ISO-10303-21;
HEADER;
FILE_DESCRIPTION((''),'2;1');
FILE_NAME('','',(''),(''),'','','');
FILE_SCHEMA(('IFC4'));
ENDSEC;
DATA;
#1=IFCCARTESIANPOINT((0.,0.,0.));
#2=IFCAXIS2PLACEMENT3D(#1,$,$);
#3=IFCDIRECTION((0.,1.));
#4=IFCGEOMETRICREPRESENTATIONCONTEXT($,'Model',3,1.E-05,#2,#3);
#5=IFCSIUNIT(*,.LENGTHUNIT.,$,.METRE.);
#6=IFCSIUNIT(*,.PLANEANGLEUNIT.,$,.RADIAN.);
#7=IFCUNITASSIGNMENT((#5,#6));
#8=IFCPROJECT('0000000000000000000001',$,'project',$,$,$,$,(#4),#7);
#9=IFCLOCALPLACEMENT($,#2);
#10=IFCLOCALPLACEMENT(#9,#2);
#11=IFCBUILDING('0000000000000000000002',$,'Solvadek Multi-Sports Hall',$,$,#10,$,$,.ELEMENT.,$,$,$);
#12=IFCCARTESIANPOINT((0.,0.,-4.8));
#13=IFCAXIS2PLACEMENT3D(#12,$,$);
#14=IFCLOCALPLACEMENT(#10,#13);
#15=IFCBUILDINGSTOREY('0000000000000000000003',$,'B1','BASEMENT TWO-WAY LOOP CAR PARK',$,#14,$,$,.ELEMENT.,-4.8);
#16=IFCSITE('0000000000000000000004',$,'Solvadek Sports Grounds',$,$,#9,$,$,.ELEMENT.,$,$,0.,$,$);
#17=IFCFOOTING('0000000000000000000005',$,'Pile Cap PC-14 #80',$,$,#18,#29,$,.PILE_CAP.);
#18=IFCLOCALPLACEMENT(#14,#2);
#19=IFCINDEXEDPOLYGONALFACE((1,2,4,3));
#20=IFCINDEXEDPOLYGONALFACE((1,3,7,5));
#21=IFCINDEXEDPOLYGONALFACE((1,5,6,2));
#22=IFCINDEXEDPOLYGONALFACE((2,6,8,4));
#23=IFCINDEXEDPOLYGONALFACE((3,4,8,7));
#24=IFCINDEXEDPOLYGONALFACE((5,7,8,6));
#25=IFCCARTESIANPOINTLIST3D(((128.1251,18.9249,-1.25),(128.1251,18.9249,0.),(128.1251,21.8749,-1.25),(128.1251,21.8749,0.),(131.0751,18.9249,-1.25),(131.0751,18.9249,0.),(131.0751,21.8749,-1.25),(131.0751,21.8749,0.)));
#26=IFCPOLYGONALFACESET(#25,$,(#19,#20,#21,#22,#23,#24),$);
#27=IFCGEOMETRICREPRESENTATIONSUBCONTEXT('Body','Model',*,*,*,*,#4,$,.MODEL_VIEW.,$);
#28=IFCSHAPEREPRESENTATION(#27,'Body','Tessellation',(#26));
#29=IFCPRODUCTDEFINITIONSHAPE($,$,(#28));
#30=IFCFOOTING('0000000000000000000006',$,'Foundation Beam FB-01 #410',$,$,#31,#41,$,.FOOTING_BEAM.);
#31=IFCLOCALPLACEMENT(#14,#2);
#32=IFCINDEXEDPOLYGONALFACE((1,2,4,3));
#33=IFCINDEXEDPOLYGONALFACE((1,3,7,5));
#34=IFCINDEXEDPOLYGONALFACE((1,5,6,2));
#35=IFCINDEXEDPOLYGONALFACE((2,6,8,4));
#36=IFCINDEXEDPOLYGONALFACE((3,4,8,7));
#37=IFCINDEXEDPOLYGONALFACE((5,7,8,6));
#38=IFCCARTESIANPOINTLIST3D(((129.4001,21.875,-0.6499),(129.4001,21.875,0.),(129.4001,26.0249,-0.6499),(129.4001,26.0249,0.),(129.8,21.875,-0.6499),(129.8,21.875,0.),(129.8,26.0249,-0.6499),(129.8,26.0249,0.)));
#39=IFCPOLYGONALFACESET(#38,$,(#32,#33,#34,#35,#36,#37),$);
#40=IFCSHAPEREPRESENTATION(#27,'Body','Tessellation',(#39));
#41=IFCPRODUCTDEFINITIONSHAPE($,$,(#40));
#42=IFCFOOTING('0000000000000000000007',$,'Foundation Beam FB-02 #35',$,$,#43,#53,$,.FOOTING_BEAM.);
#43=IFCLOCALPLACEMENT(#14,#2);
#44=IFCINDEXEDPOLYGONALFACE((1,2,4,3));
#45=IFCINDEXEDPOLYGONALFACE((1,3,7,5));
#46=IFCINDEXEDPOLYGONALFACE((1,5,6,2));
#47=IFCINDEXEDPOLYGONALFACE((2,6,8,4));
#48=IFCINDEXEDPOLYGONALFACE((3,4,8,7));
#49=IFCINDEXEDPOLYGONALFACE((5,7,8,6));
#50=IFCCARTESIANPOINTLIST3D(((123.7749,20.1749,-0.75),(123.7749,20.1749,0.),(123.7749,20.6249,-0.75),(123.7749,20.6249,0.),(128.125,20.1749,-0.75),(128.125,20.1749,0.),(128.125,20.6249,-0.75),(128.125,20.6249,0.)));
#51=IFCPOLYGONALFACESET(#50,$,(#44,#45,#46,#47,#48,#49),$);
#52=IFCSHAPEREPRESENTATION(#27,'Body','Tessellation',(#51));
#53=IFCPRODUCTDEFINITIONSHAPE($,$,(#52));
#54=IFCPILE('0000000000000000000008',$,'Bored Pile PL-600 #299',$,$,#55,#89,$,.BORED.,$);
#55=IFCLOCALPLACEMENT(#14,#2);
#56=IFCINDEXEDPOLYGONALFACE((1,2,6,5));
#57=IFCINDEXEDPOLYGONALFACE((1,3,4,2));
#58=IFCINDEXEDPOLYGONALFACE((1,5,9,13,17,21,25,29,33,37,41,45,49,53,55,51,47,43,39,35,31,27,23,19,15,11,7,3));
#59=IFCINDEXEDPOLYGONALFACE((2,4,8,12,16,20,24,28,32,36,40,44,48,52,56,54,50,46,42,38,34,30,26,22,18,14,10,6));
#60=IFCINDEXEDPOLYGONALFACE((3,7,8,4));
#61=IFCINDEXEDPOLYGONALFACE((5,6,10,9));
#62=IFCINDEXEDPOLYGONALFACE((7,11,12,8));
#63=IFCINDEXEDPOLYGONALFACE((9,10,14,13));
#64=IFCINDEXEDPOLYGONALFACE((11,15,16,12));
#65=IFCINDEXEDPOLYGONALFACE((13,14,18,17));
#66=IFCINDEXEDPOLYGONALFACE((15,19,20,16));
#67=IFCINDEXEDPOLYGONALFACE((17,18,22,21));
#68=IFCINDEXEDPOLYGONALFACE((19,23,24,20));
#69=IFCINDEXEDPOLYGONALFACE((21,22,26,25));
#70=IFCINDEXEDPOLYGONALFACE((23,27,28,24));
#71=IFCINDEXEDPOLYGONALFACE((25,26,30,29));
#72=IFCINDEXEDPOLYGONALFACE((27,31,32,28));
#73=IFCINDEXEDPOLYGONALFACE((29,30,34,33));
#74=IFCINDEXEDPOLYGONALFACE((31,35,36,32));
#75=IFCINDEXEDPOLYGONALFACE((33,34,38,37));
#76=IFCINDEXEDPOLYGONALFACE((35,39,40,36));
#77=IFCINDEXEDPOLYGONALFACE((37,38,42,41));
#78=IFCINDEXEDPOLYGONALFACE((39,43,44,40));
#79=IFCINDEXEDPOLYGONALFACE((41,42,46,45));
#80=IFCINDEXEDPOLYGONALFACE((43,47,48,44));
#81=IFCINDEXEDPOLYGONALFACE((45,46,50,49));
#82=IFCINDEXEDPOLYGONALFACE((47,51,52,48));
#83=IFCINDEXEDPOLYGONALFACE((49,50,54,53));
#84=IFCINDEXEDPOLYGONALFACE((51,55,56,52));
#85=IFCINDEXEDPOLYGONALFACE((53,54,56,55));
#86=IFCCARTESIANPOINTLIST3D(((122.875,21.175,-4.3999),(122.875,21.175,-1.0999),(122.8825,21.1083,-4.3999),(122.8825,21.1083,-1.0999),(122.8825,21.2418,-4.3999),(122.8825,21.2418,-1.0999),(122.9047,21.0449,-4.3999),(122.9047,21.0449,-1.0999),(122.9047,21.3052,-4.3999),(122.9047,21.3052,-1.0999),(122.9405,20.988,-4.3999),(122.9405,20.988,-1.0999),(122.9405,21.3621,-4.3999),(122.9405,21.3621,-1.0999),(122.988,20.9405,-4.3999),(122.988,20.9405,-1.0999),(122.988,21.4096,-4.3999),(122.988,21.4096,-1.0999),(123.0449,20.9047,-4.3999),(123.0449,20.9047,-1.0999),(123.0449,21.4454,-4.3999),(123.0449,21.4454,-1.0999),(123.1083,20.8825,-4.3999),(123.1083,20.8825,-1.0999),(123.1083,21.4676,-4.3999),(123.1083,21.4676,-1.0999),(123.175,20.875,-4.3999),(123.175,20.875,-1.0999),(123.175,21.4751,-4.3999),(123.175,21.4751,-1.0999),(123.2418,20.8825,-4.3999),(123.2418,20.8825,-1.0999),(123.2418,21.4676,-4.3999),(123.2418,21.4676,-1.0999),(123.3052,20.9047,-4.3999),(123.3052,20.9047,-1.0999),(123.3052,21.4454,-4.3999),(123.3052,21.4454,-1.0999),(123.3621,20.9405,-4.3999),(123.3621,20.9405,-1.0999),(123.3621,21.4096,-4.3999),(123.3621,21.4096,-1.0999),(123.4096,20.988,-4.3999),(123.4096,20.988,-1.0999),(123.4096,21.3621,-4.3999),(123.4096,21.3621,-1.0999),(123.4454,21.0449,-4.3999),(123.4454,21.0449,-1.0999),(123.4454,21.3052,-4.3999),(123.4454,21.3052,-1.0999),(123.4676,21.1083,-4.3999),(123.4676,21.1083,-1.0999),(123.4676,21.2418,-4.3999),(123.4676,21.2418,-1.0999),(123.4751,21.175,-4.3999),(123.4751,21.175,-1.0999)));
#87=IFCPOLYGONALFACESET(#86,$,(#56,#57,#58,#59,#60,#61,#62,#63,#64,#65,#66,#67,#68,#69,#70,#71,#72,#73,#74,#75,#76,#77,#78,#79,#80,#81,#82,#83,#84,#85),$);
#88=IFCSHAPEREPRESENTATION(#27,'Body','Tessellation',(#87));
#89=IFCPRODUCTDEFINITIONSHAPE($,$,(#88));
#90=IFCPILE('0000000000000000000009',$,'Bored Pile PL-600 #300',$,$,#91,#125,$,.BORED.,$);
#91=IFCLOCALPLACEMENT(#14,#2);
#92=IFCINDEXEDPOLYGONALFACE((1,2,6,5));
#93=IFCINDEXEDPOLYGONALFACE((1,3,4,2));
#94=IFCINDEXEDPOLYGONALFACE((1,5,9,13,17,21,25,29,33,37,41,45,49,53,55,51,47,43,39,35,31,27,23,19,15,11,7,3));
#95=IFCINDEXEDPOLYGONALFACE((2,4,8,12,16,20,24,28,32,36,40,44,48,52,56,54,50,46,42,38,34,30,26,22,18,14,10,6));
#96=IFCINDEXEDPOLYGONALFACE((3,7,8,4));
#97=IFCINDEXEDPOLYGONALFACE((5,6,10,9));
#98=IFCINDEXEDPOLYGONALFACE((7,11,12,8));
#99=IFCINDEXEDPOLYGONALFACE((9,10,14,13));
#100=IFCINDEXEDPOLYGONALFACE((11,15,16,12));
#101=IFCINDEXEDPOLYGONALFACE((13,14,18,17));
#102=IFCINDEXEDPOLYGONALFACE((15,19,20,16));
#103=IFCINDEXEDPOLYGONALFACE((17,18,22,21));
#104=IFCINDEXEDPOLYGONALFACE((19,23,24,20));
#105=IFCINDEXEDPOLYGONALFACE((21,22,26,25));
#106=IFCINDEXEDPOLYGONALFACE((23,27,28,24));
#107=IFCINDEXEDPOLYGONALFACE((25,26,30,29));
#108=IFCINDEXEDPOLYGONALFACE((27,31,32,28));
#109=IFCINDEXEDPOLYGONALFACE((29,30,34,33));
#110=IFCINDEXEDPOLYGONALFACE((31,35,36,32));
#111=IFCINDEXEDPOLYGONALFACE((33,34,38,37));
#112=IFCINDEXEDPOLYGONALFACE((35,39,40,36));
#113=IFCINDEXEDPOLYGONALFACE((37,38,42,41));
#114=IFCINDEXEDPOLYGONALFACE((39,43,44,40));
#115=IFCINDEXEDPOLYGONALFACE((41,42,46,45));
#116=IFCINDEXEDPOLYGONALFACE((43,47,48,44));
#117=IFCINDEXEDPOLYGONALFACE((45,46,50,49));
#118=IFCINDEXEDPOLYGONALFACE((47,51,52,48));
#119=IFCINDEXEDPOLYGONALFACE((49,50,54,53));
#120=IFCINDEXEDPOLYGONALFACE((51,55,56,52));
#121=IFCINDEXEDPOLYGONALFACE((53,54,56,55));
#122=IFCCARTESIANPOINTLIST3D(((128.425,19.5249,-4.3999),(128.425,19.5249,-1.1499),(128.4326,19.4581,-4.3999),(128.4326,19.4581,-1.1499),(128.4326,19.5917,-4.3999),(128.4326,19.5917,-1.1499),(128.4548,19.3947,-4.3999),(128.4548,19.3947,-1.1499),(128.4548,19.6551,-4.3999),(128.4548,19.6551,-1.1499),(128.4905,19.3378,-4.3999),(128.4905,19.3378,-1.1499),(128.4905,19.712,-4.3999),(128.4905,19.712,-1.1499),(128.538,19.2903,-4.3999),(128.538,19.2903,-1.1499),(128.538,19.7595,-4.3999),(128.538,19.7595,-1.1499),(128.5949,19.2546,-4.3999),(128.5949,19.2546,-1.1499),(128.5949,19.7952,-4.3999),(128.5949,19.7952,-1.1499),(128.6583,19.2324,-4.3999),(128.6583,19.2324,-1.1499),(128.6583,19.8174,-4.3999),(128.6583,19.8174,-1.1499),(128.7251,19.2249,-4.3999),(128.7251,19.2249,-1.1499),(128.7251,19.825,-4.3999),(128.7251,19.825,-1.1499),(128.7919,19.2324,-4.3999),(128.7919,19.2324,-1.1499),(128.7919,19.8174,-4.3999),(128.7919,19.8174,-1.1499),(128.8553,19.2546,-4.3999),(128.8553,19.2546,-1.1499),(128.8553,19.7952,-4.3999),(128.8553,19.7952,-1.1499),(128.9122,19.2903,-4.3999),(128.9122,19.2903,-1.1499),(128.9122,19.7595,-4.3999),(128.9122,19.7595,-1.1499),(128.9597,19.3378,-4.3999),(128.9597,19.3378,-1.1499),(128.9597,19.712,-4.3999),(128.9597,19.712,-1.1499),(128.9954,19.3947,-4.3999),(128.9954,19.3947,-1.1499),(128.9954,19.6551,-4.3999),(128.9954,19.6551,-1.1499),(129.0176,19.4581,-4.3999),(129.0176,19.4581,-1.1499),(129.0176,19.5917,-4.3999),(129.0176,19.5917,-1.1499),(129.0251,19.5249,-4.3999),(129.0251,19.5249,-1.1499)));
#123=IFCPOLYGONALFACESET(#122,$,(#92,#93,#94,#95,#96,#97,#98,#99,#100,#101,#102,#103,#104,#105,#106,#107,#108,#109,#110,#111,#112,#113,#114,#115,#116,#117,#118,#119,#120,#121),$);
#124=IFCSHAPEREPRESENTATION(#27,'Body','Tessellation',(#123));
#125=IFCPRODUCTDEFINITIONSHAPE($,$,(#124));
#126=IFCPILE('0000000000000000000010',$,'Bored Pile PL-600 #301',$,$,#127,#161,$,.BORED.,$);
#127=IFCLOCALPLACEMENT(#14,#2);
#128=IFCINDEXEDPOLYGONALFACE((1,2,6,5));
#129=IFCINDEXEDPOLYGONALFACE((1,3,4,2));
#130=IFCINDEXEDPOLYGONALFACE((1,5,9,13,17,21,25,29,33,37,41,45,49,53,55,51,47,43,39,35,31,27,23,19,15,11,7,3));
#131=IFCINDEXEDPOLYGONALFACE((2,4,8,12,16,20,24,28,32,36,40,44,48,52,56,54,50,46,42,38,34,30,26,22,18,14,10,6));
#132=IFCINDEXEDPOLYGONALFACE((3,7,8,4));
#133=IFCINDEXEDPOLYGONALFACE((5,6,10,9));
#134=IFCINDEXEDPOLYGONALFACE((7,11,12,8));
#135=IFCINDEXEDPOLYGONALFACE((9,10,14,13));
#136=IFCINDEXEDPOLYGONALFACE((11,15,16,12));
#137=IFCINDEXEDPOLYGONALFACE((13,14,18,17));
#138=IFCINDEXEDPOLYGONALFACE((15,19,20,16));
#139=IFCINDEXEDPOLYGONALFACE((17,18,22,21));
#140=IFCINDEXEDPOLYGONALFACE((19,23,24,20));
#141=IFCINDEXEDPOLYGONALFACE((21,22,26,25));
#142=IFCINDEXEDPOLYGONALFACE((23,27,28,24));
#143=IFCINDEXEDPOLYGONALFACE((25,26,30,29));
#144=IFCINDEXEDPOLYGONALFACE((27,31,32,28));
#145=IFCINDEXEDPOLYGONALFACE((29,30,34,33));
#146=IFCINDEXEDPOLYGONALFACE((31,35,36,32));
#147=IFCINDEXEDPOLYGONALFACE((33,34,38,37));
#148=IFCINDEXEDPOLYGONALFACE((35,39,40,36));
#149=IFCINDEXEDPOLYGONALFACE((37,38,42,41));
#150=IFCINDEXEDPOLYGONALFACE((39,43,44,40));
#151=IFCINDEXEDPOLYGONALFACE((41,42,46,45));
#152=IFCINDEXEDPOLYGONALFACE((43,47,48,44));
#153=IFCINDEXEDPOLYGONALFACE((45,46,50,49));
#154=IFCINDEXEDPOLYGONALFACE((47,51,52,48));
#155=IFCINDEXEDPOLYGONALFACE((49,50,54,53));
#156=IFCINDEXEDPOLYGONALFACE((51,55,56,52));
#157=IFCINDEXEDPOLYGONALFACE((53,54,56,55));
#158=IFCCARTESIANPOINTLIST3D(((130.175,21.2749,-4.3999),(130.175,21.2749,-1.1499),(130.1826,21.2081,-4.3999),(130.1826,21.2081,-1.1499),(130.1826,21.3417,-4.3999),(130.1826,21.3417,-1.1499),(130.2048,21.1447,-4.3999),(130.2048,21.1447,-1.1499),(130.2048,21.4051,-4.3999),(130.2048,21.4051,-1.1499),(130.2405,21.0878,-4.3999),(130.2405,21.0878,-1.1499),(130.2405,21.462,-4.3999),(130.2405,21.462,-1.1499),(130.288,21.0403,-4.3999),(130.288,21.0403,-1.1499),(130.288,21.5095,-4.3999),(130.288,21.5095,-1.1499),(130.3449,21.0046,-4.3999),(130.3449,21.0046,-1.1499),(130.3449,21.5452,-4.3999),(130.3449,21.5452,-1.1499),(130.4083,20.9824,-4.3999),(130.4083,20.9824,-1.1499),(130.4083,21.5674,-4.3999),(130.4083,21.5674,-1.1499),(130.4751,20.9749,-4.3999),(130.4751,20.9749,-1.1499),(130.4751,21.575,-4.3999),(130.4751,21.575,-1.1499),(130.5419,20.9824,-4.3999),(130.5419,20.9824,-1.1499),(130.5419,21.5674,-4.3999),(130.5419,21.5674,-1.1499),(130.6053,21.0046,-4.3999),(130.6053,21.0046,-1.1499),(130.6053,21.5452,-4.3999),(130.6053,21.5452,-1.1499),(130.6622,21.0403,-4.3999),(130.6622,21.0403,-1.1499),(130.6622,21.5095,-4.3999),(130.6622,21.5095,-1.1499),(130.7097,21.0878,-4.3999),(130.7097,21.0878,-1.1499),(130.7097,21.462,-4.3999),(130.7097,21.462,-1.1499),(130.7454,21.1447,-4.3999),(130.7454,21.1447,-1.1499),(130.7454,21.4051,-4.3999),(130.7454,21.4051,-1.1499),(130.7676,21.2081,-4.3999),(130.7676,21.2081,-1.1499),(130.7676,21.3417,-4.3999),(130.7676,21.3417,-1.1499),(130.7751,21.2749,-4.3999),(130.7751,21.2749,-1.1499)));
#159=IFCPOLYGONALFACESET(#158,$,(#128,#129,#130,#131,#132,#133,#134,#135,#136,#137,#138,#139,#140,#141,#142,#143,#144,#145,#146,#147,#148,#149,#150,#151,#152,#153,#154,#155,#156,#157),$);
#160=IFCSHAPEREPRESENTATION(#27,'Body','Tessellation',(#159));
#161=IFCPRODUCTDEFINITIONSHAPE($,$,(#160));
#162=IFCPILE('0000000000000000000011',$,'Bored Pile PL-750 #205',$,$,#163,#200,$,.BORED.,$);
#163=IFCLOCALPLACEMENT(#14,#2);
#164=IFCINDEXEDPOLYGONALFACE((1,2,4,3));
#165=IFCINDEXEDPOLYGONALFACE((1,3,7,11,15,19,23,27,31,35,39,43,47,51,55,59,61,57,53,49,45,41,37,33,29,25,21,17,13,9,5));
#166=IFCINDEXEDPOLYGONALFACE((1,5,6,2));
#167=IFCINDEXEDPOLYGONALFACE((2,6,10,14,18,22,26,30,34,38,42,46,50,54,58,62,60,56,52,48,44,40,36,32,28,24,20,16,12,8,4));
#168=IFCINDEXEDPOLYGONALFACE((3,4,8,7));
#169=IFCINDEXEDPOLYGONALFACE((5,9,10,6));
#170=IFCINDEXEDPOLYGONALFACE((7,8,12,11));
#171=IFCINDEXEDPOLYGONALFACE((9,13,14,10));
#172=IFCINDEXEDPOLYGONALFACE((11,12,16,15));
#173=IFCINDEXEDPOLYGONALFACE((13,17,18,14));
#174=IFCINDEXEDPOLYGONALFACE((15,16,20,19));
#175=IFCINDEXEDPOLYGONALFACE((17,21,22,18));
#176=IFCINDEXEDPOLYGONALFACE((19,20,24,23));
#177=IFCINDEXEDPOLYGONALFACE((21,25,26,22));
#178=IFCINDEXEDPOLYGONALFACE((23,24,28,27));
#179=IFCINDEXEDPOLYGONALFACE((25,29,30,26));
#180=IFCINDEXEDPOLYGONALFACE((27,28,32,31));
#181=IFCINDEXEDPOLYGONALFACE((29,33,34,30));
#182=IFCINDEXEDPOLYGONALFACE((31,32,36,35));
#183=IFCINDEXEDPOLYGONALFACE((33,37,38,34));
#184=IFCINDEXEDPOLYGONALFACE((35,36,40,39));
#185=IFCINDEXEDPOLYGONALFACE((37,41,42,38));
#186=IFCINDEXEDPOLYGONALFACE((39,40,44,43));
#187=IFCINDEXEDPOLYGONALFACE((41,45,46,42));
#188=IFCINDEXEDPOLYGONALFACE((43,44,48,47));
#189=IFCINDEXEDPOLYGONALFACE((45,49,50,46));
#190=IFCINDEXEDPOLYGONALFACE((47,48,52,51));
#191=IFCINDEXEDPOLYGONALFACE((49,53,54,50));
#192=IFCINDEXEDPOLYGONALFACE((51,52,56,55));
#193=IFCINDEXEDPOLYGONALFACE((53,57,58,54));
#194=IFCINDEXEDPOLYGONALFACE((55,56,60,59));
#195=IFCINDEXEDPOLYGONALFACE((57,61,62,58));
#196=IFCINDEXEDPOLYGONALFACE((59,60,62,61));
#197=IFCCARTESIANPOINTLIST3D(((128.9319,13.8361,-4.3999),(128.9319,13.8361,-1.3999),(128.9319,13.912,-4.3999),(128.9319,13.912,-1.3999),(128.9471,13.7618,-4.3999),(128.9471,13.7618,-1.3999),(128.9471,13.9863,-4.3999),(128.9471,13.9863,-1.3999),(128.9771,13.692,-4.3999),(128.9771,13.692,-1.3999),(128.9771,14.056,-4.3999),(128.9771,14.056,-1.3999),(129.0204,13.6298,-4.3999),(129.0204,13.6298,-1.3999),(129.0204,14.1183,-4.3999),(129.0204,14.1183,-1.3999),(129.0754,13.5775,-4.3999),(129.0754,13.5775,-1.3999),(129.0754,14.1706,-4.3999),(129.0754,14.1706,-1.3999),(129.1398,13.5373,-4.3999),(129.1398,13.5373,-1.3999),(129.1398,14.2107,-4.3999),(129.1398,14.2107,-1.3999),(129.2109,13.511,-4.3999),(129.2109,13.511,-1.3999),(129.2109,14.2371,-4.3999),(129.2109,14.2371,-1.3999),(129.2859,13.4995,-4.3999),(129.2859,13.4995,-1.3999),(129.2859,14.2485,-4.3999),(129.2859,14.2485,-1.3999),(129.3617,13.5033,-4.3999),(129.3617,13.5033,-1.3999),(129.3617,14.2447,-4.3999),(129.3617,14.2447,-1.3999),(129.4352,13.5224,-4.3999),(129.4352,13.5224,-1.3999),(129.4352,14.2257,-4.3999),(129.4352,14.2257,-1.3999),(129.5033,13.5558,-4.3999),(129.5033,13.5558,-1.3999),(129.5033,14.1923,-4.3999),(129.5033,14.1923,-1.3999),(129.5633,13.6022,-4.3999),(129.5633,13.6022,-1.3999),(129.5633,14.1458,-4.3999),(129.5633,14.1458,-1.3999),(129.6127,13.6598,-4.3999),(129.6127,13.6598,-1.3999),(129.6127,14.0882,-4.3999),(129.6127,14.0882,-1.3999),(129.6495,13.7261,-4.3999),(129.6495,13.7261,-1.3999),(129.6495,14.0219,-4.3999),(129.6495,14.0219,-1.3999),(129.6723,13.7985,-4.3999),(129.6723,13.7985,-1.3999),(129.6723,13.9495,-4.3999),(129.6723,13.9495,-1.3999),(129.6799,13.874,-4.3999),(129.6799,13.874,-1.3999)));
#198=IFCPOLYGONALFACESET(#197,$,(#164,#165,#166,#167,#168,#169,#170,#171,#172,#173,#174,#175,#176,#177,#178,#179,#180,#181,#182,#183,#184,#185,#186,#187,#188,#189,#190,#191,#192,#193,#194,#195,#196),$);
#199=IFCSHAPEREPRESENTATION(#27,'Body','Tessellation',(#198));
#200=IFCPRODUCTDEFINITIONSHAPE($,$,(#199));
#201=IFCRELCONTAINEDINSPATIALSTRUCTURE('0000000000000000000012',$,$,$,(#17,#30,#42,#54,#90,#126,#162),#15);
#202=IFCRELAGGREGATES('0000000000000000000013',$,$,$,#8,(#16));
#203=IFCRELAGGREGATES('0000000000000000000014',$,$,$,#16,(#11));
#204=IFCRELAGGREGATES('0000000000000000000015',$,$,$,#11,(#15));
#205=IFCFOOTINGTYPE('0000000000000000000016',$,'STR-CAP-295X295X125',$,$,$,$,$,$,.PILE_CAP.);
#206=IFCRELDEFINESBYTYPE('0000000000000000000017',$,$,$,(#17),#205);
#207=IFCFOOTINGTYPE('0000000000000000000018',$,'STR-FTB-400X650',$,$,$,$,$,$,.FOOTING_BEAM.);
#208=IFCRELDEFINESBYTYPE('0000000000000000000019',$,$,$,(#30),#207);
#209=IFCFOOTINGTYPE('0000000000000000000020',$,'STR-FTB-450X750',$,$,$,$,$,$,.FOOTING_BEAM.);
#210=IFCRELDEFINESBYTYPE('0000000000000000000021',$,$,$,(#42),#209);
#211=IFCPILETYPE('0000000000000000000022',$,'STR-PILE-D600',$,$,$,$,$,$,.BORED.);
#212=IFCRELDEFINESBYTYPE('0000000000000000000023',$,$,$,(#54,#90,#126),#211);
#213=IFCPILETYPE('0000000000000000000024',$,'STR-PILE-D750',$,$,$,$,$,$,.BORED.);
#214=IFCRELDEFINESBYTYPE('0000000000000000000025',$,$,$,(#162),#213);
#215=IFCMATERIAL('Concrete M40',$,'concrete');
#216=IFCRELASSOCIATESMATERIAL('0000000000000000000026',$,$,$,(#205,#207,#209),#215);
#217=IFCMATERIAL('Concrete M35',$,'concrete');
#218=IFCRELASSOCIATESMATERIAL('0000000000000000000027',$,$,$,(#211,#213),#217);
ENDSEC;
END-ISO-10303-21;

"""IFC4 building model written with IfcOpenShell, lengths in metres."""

from ifc_helpers import new_model, si_unit, direction, frame, origin, origin_2d, place, context, subcontext, project, spatial, rectangle, circle, extrude, material, material_profile, profile_set, type_object, element, save


model = new_model("IFC4")

# Units and contexts
model_context = context("Model", 3, precision=1e-05, world=origin(), true_north=direction((0.0, 1.0)))
body_context = subcontext(model_context, "Body", "Model", "MODEL_VIEW")
ifc_project = project(units=[si_unit("LENGTHUNIT", "METRE"), si_unit("PLANEANGLEUNIT", "RADIAN")], contexts=[model_context])

# Site, building, storey
site_placement = place(None, origin())
site = spatial("IfcSite", under=ifc_project, at=site_placement, Name="Solvadek Sports Grounds", CompositionType="ELEMENT", RefElevation=0.0)
building_placement = place(site_placement, origin())
building = spatial("IfcBuilding", under=site, at=building_placement, Name="Solvadek Multi-Sports Hall", CompositionType="ELEMENT")
storey_placement = place(building_placement, frame((0.0, 0.0, -4.8)))
storey = spatial("IfcBuildingStorey", under=building, at=storey_placement, Name="B1", Description="BASEMENT TWO-WAY LOOP CAR PARK", CompositionType="ELEMENT", Elevation=-4.8)

# Footings
ifc_material_1 = material(Name="Concrete M40", Category="concrete")
footing_type_1 = type_object("IfcFootingType", Name="STR-CAP-295X295X125", PredefinedType="PILE_CAP", material=ifc_material_1)
footing_1_placement = place(storey_placement, frame((129.6001, 20.3999, -1.25), z_axis=(0.0, 0.0, 1.0), x_axis=(1.0, 0.0, 0.0)))
element("IfcFooting", 1, at=footing_1_placement, inside=storey, type_object=footing_type_1, Name="Pile Cap PC-14 #80", PredefinedType="PILE_CAP", context=body_context, shape_type="SweptSolid", body=[
    extrude(rectangle(XDim=2.95, YDim=2.95, at=origin_2d()), origin(), (0.0, 0.0, 1.0), 1.25),
])
footing_type_2 = type_object("IfcFootingType", Name="STR-FTB-400X650", PredefinedType="FOOTING_BEAM", material=ifc_material_1)
footing_2_placement = place(storey_placement, frame((129.6001, 23.95, -0.6499), z_axis=(0.0, 0.0, 1.0), x_axis=(0.0, 1.0, 0.0)))
element("IfcFooting", 2, at=footing_2_placement, inside=storey, type_object=footing_type_2, Name="Foundation Beam FB-01 #410", PredefinedType="FOOTING_BEAM", context=body_context, shape_type="SweptSolid", body=[
    extrude(rectangle(XDim=4.1499, YDim=0.3999, at=origin_2d()), origin(), (0.0, 0.0, 1.0), 0.6499),
])
footing_type_3 = type_object("IfcFootingType", Name="STR-FTB-450X750", PredefinedType="FOOTING_BEAM", material=ifc_material_1)
footing_3_placement = place(storey_placement, frame((125.95, 20.3999, -0.75), z_axis=(0.0, 0.0, 1.0), x_axis=(1.0, 0.0, 0.0)))
element("IfcFooting", 3, at=footing_3_placement, inside=storey, type_object=footing_type_3, Name="Foundation Beam FB-02 #35", PredefinedType="FOOTING_BEAM", context=body_context, shape_type="SweptSolid", body=[
    extrude(rectangle(XDim=4.3501, YDim=0.45, at=origin_2d()), origin(), (0.0, 0.0, 1.0), 0.75),
])

# Piles
ifc_material_2 = material(Name="Concrete M35", Category="concrete")
ifc_material_profile_1 = material_profile(ifc_material_2, circle(Radius=0.3, at=origin_2d()), Name="BORED PILE D600")
ifc_profile_set_1 = profile_set([ifc_material_profile_1], Name="Concrete M35")
pile_type_1 = type_object("IfcPileType", Name="STR-PILE-D600", PredefinedType="BORED", material=ifc_profile_set_1)
pile_1_placement = place(storey_placement, frame((123.175, 21.175, -1.0999), z_axis=(0.0, 0.0, -1.0), x_axis=(1.0, 0.0, 0.0)))
element("IfcPile", 4, at=pile_1_placement, inside=storey, type_object=pile_type_1, Name="Bored Pile PL-600 #299", PredefinedType="BORED", context=body_context, shape_type="SweptSolid", body=[
    extrude(circle(Radius=0.3, at=origin_2d()), origin(), (0.0, 0.0, 1.0), 3.3),
])
for number, where, z_axis, x_axis, name in (
    (5, (128.7251, 19.5249, -1.1499), (0.0, 0.0, -1.0), (1.0, 0.0, 0.0), "Bored Pile PL-600 #300"),
    (6, (130.4751, 21.2749, -1.1499), (0.0, 0.0, -1.0), (1.0, 0.0, 0.0), "Bored Pile PL-600 #301"),
):
    element("IfcPile", number, at=place(storey_placement, frame(where, z_axis=z_axis, x_axis=x_axis)), inside=storey, type_object=pile_type_1, Name=name, PredefinedType="BORED", context=body_context, shape_type="SweptSolid", body=[
        extrude(circle(Radius=0.3, at=origin_2d()), origin(), (0.0, 0.0, 1.0), 3.25),
    ])
ifc_material_profile_2 = material_profile(ifc_material_2, circle(Radius=0.375, at=origin_2d()), Name="BORED PILE D750")
ifc_profile_set_2 = profile_set([ifc_material_profile_2], Name="Concrete M35")
pile_type_2 = type_object("IfcPileType", Name="STR-PILE-D750", PredefinedType="BORED", material=ifc_profile_set_2)
pile_2_placement = place(storey_placement, frame((129.3049, 13.874, -1.3999), z_axis=(0.0, 0.0, -1.0), x_axis=(1.0, 0.0, 0.0)))
element("IfcPile", 7, at=pile_2_placement, inside=storey, type_object=pile_type_2, Name="Bored Pile PL-750 #205", PredefinedType="BORED", context=body_context, shape_type="SweptSolid", body=[
    extrude(circle(Radius=0.375, at=origin_2d()), origin(), (0.0, 0.0, 1.0), 3.0),
])

save(model, "model.ifc")
